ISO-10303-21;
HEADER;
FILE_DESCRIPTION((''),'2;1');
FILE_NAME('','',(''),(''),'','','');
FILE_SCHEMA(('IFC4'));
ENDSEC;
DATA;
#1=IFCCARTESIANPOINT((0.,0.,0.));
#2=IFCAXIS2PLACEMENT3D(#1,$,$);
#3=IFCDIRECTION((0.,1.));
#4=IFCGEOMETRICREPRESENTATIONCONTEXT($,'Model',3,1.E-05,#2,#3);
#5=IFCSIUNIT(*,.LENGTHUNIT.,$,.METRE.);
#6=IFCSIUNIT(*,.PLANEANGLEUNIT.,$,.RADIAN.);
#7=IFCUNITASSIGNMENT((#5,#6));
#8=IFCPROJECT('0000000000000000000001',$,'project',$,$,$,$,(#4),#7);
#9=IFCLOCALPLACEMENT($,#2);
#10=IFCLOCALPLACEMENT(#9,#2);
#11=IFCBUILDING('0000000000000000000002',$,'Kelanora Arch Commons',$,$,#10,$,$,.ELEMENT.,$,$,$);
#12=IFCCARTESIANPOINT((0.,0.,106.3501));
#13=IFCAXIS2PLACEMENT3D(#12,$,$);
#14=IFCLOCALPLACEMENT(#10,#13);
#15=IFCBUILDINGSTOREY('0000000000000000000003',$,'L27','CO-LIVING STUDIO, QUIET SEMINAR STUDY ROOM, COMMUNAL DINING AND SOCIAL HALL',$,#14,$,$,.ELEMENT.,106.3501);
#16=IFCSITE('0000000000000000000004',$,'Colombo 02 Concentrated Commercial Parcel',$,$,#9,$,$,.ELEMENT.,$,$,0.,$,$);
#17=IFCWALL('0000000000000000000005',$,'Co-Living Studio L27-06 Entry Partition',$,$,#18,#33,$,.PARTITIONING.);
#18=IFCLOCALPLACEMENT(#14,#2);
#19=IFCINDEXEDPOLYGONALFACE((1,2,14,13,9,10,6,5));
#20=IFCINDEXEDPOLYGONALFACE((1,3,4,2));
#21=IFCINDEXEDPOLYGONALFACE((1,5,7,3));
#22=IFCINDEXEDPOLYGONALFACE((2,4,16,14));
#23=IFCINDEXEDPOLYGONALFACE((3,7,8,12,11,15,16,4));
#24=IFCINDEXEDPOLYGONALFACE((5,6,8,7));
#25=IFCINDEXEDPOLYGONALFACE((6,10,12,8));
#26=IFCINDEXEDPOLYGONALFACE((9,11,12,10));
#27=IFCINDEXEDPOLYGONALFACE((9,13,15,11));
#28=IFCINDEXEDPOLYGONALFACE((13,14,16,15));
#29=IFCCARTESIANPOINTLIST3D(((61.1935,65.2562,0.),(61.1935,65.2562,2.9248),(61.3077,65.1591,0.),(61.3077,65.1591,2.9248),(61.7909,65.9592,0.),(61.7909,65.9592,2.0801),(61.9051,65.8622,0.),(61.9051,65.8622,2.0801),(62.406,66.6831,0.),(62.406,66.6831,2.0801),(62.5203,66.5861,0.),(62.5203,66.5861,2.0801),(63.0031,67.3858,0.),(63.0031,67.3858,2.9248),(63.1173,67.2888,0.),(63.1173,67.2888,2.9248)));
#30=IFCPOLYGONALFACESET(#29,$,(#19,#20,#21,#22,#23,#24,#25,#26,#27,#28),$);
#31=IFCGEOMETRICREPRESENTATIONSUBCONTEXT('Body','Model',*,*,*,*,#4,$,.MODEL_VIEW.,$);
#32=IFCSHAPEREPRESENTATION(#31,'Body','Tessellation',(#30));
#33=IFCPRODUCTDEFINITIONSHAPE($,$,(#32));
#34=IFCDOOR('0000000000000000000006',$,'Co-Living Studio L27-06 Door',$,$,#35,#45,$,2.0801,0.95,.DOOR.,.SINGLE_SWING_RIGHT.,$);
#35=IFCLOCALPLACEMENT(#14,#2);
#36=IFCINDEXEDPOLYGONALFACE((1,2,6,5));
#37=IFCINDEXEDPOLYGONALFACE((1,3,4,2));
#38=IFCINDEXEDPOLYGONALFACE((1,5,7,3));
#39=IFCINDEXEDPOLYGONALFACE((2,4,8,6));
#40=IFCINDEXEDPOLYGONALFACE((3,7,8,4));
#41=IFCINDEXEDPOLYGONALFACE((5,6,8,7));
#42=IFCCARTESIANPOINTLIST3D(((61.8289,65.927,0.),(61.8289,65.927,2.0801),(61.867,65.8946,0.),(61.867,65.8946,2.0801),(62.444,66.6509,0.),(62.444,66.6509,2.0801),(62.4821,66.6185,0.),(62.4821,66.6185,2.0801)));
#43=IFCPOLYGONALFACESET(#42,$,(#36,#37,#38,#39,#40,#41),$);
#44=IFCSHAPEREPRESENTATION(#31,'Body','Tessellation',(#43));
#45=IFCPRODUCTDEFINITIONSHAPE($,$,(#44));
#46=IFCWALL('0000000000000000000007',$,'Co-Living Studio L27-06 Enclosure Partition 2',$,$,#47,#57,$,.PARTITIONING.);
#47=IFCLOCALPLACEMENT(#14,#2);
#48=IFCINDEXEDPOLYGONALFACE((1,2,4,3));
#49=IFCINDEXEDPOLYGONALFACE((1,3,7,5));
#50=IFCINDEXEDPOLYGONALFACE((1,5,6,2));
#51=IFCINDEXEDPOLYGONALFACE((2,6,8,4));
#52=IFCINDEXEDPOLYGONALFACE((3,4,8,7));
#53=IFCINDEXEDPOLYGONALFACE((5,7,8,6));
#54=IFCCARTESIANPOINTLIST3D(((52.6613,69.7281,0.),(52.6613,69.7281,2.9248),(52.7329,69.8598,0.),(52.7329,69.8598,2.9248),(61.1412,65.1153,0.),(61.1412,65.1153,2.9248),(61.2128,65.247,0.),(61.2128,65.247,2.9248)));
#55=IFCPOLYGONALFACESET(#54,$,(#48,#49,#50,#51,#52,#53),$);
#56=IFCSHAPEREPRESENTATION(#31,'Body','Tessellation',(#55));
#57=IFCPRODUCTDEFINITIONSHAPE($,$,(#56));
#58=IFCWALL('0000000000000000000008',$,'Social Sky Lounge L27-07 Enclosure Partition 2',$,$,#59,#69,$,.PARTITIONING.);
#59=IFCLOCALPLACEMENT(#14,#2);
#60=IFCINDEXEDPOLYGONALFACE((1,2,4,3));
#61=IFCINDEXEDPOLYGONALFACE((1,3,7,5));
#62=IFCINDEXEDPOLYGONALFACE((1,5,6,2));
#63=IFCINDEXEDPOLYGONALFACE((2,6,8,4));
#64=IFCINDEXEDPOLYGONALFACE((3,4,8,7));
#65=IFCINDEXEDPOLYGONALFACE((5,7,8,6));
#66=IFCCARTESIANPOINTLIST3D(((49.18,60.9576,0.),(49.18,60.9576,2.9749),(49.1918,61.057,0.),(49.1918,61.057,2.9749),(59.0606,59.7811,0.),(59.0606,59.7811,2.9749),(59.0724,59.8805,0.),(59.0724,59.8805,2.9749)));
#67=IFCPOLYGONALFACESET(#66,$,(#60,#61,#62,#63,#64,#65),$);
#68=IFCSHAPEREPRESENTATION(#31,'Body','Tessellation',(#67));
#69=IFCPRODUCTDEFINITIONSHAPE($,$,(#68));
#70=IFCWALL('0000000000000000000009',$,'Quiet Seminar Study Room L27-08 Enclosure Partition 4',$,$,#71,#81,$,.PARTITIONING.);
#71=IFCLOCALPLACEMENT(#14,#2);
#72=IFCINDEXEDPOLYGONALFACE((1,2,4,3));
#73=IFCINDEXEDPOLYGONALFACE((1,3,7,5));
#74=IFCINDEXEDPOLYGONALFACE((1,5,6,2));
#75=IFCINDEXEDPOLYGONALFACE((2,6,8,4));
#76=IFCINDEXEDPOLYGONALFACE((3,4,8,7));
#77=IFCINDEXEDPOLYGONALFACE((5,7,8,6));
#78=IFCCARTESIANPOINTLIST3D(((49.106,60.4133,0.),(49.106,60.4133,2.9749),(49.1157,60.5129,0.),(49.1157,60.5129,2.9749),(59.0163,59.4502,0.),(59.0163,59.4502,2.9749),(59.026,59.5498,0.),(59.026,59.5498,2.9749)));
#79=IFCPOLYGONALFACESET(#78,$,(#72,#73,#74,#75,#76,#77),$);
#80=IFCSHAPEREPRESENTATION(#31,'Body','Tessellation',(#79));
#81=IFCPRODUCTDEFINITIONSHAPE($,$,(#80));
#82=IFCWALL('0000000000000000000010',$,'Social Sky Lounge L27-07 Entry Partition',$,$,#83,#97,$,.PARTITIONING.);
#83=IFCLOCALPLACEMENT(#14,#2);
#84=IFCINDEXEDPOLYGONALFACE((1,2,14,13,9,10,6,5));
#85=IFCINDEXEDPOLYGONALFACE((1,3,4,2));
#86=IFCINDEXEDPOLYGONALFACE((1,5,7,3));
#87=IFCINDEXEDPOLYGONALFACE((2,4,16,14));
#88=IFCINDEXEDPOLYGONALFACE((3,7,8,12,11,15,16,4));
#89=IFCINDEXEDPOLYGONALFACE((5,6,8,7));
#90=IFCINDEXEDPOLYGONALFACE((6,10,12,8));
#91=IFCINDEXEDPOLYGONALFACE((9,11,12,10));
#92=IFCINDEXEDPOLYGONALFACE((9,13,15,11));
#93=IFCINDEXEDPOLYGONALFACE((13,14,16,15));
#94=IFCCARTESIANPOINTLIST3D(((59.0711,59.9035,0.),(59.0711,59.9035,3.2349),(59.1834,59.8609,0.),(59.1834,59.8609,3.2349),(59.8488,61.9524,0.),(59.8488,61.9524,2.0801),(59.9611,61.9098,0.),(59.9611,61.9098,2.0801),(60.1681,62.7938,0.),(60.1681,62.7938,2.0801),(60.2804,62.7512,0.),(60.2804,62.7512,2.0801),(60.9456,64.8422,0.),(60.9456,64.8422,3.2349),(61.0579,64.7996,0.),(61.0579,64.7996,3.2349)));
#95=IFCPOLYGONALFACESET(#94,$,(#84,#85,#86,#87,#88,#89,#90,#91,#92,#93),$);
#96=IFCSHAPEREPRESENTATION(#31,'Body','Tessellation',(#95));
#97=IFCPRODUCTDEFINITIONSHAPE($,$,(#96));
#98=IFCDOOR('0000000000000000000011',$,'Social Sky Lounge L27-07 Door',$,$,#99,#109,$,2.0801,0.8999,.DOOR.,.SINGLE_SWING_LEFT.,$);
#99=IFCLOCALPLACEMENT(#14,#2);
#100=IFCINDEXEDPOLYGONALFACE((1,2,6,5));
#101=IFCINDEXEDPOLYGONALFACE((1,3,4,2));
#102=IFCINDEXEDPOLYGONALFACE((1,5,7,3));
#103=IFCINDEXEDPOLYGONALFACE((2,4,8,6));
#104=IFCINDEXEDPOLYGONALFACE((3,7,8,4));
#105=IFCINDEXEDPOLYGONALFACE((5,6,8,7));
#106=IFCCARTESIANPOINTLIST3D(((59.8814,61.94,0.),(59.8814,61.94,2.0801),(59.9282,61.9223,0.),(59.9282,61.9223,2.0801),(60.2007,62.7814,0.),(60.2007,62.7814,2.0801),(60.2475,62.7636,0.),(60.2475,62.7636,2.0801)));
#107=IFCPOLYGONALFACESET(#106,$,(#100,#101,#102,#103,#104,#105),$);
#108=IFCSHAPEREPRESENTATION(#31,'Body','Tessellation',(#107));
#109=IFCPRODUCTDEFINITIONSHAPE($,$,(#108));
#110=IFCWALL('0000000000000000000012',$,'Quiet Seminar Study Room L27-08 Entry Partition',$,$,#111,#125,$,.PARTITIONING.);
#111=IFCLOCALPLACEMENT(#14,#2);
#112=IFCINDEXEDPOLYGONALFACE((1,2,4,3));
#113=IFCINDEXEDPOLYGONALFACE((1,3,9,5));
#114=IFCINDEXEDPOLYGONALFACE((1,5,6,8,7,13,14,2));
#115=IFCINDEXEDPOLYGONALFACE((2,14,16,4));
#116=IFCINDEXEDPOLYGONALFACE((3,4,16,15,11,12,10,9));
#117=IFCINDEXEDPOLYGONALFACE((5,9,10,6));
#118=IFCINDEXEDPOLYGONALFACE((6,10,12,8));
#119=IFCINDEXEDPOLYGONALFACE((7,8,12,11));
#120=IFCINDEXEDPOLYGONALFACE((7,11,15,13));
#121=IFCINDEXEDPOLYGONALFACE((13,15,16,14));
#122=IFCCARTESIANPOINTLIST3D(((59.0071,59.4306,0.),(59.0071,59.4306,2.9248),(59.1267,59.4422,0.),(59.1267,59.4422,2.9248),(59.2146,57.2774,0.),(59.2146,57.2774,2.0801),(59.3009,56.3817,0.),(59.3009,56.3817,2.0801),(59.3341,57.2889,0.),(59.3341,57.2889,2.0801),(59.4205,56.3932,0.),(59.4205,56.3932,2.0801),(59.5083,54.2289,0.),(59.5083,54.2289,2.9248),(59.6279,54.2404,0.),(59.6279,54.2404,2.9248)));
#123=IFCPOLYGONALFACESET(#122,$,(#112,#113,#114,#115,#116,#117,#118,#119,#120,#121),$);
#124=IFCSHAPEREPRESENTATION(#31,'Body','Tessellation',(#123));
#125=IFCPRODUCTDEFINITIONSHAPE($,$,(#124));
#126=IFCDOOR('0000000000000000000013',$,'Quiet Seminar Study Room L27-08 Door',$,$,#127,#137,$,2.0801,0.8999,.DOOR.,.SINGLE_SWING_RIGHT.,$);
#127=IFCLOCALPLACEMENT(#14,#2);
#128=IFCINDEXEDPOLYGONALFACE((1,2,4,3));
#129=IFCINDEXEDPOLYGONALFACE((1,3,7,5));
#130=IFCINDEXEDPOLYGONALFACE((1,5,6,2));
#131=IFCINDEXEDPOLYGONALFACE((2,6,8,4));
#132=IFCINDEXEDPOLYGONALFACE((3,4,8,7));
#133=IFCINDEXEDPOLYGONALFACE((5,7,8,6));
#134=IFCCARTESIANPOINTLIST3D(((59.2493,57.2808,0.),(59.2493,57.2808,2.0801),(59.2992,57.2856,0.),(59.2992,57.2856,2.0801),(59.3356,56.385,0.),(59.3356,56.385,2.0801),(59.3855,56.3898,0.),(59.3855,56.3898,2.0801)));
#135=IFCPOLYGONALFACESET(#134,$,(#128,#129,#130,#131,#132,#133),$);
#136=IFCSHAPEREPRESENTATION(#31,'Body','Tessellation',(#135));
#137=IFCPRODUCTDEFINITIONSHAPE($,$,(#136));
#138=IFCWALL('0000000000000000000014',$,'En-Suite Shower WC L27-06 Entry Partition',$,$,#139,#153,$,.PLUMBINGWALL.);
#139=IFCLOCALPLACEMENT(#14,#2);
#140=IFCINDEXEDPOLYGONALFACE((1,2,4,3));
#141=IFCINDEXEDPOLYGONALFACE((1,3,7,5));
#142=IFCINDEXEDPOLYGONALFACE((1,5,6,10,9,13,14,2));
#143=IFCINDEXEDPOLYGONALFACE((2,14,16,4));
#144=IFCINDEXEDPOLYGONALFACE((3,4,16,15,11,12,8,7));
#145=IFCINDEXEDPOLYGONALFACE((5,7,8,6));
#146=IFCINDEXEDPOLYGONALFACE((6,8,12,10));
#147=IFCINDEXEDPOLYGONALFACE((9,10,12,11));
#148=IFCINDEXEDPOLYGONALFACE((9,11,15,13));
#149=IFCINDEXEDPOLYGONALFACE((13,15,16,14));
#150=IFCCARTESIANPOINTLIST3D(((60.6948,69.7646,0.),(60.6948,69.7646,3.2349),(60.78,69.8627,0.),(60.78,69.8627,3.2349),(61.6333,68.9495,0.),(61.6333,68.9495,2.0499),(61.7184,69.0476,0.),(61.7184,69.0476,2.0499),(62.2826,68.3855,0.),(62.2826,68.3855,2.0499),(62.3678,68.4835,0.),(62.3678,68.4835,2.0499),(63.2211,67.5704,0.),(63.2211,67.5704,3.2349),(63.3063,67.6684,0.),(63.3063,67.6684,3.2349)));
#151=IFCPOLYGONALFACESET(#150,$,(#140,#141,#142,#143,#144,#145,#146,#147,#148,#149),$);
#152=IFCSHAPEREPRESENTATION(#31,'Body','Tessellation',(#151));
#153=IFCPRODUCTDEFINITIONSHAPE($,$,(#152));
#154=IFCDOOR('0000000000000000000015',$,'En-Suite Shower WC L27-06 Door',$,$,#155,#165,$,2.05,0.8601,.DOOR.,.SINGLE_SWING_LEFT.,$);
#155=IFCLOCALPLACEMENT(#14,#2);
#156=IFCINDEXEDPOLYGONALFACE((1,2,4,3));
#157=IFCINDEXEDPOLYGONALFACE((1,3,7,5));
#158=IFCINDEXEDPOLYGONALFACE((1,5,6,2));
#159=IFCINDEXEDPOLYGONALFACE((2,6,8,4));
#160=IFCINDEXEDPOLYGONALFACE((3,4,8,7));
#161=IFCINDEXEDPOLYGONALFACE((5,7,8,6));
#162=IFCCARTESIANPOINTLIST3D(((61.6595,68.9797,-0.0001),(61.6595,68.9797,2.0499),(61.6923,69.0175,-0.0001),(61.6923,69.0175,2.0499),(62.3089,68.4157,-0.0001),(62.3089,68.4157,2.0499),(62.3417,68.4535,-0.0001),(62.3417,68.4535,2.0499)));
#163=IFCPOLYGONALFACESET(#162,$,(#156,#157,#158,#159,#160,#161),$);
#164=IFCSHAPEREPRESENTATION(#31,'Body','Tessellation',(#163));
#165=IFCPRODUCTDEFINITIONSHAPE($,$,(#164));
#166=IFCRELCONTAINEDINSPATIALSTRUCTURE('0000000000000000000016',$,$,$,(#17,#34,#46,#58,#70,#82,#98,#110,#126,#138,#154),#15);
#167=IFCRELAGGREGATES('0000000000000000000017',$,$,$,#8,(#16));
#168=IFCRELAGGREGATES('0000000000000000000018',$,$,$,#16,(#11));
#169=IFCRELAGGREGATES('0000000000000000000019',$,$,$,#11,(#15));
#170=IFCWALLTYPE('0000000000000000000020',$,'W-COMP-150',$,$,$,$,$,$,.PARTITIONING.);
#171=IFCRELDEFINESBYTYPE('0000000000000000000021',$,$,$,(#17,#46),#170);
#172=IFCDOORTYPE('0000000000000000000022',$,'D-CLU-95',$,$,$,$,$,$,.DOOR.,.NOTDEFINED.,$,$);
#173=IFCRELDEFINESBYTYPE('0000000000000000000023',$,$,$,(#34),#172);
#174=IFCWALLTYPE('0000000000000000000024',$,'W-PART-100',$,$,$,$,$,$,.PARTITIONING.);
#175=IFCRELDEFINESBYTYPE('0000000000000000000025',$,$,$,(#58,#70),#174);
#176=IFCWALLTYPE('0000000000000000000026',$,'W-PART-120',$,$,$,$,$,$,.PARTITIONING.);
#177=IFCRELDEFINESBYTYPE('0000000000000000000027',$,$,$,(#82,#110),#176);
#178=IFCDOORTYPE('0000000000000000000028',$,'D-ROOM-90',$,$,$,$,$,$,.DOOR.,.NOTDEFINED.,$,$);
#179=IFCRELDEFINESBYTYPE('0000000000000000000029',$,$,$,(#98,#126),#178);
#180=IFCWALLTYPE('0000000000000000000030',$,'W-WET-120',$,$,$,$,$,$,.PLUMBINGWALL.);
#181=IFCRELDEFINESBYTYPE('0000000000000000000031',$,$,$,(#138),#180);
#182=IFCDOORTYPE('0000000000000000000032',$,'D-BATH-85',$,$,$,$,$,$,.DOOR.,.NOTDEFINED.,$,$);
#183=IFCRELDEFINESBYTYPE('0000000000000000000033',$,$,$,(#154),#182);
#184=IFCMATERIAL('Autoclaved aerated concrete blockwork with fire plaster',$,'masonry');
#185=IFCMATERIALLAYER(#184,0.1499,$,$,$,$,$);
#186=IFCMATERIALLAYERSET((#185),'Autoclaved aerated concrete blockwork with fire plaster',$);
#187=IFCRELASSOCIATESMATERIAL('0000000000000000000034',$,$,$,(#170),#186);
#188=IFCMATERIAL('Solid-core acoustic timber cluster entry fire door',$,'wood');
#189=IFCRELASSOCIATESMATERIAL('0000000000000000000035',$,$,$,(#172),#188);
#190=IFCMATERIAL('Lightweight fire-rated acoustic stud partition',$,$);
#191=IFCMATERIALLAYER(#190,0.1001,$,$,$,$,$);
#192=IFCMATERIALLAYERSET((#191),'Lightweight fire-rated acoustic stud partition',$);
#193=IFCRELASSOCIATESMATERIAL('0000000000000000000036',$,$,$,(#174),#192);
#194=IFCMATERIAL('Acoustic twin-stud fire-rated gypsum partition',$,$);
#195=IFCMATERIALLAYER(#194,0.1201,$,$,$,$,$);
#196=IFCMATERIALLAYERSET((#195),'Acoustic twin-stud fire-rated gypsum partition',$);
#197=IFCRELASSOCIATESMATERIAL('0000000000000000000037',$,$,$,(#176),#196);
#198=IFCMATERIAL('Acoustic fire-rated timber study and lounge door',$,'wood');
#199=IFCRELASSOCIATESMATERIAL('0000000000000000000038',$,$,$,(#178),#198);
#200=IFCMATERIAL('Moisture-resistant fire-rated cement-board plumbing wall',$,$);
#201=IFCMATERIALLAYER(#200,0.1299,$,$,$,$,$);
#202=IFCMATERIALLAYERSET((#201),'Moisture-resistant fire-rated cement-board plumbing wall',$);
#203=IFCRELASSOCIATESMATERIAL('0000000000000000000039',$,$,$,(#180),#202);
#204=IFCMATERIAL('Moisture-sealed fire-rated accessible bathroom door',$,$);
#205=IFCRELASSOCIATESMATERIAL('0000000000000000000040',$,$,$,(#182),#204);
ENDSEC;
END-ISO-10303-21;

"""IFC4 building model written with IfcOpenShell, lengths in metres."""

from ifc_helpers import new_model, si_unit, direction, frame, frame_2d, origin, place, context, subcontext, project, spatial, rectangle, extrude, material, layer, layer_set, type_object, element, fill, save


model = new_model("IFC4")

# Units and contexts
model_context = context("Model", 3, precision=1e-05, world=origin(), true_north=direction((0.0, 1.0)))
body_context = subcontext(model_context, "Body", "Model", "MODEL_VIEW")
ifc_project = project(units=[si_unit("LENGTHUNIT", "METRE"), si_unit("PLANEANGLEUNIT", "RADIAN")], contexts=[model_context])

# Site, building, storey
site_placement = place(None, origin())
site = spatial("IfcSite", under=ifc_project, at=site_placement, Name="Colombo 02 Concentrated Commercial Parcel", CompositionType="ELEMENT", RefElevation=0.0)
building_placement = place(site_placement, origin())
building = spatial("IfcBuilding", under=site, at=building_placement, Name="Kelanora Arch Commons", CompositionType="ELEMENT")
storey_placement = place(building_placement, frame((0.0, 0.0, 106.3501)))
storey = spatial("IfcBuildingStorey", under=building, at=storey_placement, Name="L27", Description="CO-LIVING STUDIO, QUIET SEMINAR STUDY ROOM, COMMUNAL DINING AND SOCIAL HALL", CompositionType="ELEMENT", Elevation=106.3501)

# Wall, opening, door
ifc_material_1 = material(Name="Autoclaved aerated concrete blockwork with fire plaster", Category="masonry")
ifc_layer_1 = layer(ifc_material_1, 0.1499)
ifc_layer_set_1 = layer_set([ifc_layer_1], Name="Autoclaved aerated concrete blockwork with fire plaster")
wall_type_1 = type_object("IfcWallType", Name="W-COMP-150", PredefinedType="PARTITIONING", material=ifc_layer_set_1)
wall_1_placement = place(storey_placement, frame((63.0603, 67.3374, 0.0), z_axis=(0.0, 0.0, 1.0), x_axis=(-0.647519, -0.762049, 0.0)))
wall_1 = element("IfcWall", 1, at=wall_1_placement, inside=storey, type_object=wall_type_1, Name="Co-Living Studio L27-06 Entry Partition", PredefinedType="PARTITIONING", context=body_context, shape_type="SweptSolid", body=[
    extrude(rectangle(XDim=2.7947, YDim=0.1499, at=frame_2d((1.3975, 0.0))), origin(), (0.0, 0.0, 1.0), 2.9248),
])
opening_1_placement = place(wall_1_placement, frame((0.9221, 0.0, 0.0)))
opening_1 = element("IfcOpeningElement", 2, at=opening_1_placement, cuts=wall_1, PredefinedType="OPENING", context=body_context, shape_type="SweptSolid", body=[
    extrude(rectangle(XDim=0.95, YDim=2.0801, at=frame_2d((0.4751, 1.04))), frame((0.0, 0.085, 0.0), z_axis=(0.0, -1.0, 0.0), x_axis=(1.0, 0.0, 0.0)), (0.0, 0.0, 1.0), 0.1699),
])
ifc_material_2 = material(Name="Solid-core acoustic timber cluster entry fire door", Category="wood")
door_type_1 = type_object("IfcDoorType", Name="D-CLU-95", OperationType="NOTDEFINED", PredefinedType="DOOR", material=ifc_material_2)
door_1_placement = place(opening_1_placement, origin())
door_1 = element("IfcDoor", 3, at=door_1_placement, inside=storey, type_object=door_type_1, Name="Co-Living Studio L27-06 Door", OperationType="SINGLE_SWING_RIGHT", OverallHeight=2.0801, OverallWidth=0.95, PredefinedType="DOOR", context=body_context, shape_type="SweptSolid", body=[
    extrude(rectangle(XDim=0.95, YDim=2.0801, at=frame_2d((0.4751, 1.04))), frame((0.0, 0.0249, 0.0), z_axis=(0.0, -1.0, 0.0), x_axis=(1.0, 0.0, 0.0)), (0.0, 0.0, 1.0), 0.05),
])
fill(opening_1, door_1)

# Walls
wall_2_placement = place(storey_placement, frame((61.177, 65.1812, 0.0), z_axis=(0.0, 0.0, 1.0), x_axis=(-0.878446, 0.477842, 0.0)))
element("IfcWall", 4, at=wall_2_placement, inside=storey, type_object=wall_type_1, Name="Co-Living Studio L27-06 Enclosure Partition 2", PredefinedType="PARTITIONING", context=body_context, shape_type="SweptSolid", body=[
    extrude(rectangle(XDim=9.6533, YDim=0.1499, at=frame_2d((4.8267, 0.0))), origin(), (0.0, 0.0, 1.0), 2.9248),
])
ifc_material_3 = material(Name="Lightweight fire-rated acoustic stud partition")
ifc_layer_2 = layer(ifc_material_3, 0.1001)
ifc_layer_set_2 = layer_set([ifc_layer_2], Name="Lightweight fire-rated acoustic stud partition")
wall_type_2 = type_object("IfcWallType", Name="W-PART-100", PredefinedType="PARTITIONING", material=ifc_layer_set_2)
wall_3_placement = place(storey_placement, frame((59.0664, 59.8308, 0.0), z_axis=(0.0, 0.0, 1.0), x_axis=(-0.992985, 0.118238, 0.0)))
element("IfcWall", 5, at=wall_3_placement, inside=storey, type_object=wall_type_2, Name="Social Sky Lounge L27-07 Enclosure Partition 2", PredefinedType="PARTITIONING", context=body_context, shape_type="SweptSolid", body=[
    extrude(rectangle(XDim=9.9504, YDim=0.1001, at=frame_2d((4.9751, 0.0))), origin(), (0.0, 0.0, 1.0), 2.9749),
])
wall_4_placement = place(storey_placement, frame((49.1108, 60.4631, 0.0), z_axis=(0.0, 0.0, 1.0), x_axis=(0.995311, -0.096729, 0.0)))
element("IfcWall", 6, at=wall_4_placement, inside=storey, type_object=wall_type_2, Name="Quiet Seminar Study Room L27-08 Enclosure Partition 4", PredefinedType="PARTITIONING", context=body_context, shape_type="SweptSolid", body=[
    extrude(rectangle(XDim=9.957, YDim=0.1001, at=frame_2d((4.9785, 0.0))), origin(), (0.0, 0.0, 1.0), 2.9749),
])

# Walls, openings, doors
ifc_material_4 = material(Name="Acoustic twin-stud fire-rated gypsum partition")
ifc_layer_3 = layer(ifc_material_4, 0.1201)
ifc_layer_set_3 = layer_set([ifc_layer_3], Name="Acoustic twin-stud fire-rated gypsum partition")
wall_type_3 = type_object("IfcWallType", Name="W-PART-120", PredefinedType="PARTITIONING", material=ifc_layer_set_3)
wall_5_placement = place(storey_placement, frame((61.0017, 64.8208, 0.0), z_axis=(0.0, 0.0, 1.0), x_axis=(-0.354853, -0.934922, 0.0)))
wall_5 = element("IfcWall", 7, at=wall_5_placement, inside=storey, type_object=wall_type_3, Name="Social Sky Lounge L27-07 Entry Partition", PredefinedType="PARTITIONING", context=body_context, shape_type="SweptSolid", body=[
    extrude(rectangle(XDim=5.2825, YDim=0.1201, at=frame_2d((2.6411, 0.0))), origin(), (0.0, 0.0, 1.0), 3.2349),
])
opening_2_placement = place(wall_5_placement, frame((2.1909, 0.0, 0.0)))
opening_2 = element("IfcOpeningElement", 8, at=opening_2_placement, cuts=wall_5, PredefinedType="OPENING", context=body_context, shape_type="SweptSolid", body=[
    extrude(rectangle(XDim=0.8999, YDim=2.0801, at=frame_2d((0.45, 1.04))), frame((0.0, 0.0701, 0.0), z_axis=(0.0, -1.0, 0.0), x_axis=(1.0, 0.0, 0.0)), (0.0, 0.0, 1.0), 0.1401),
])
ifc_material_5 = material(Name="Acoustic fire-rated timber study and lounge door", Category="wood")
door_type_2 = type_object("IfcDoorType", Name="D-ROOM-90", OperationType="NOTDEFINED", PredefinedType="DOOR", material=ifc_material_5)
door_2_placement = place(opening_2_placement, origin())
door_2 = element("IfcDoor", 9, at=door_2_placement, inside=storey, type_object=door_type_2, Name="Social Sky Lounge L27-07 Door", OperationType="SINGLE_SWING_LEFT", OverallHeight=2.0801, OverallWidth=0.8999, PredefinedType="DOOR", context=body_context, shape_type="SweptSolid", body=[
    extrude(rectangle(XDim=0.8999, YDim=2.0801, at=frame_2d((0.45, 1.04))), frame((0.0, 0.0249, 0.0), z_axis=(0.0, -1.0, 0.0), x_axis=(1.0, 0.0, 0.0)), (0.0, 0.0, 1.0), 0.05),
])
fill(opening_2, door_2)
wall_6_placement = place(storey_placement, frame((59.0669, 59.4363, 0.0), z_axis=(0.0, 0.0, 1.0), x_axis=(0.095914, -0.99539, 0.0)))
wall_6 = element("IfcWall", 10, at=wall_6_placement, inside=storey, type_object=wall_type_3, Name="Quiet Seminar Study Room L27-08 Entry Partition", PredefinedType="PARTITIONING", context=body_context, shape_type="SweptSolid", body=[
    extrude(rectangle(XDim=5.2258, YDim=0.1201, at=frame_2d((2.6128, 0.0))), origin(), (0.0, 0.0, 1.0), 2.9248),
])
opening_3_placement = place(wall_6_placement, frame((2.1631, 0.0, 0.0)))
opening_3 = element("IfcOpeningElement", 11, at=opening_3_placement, cuts=wall_6, PredefinedType="OPENING", context=body_context, shape_type="SweptSolid", body=[
    extrude(rectangle(XDim=0.8999, YDim=2.0801, at=frame_2d((0.45, 1.04))), frame((0.0, 0.0701, 0.0), z_axis=(0.0, -1.0, 0.0), x_axis=(1.0, 0.0, 0.0)), (0.0, 0.0, 1.0), 0.1401),
])
door_3_placement = place(opening_3_placement, origin())
door_3 = element("IfcDoor", 12, at=door_3_placement, inside=storey, type_object=door_type_2, Name="Quiet Seminar Study Room L27-08 Door", OperationType="SINGLE_SWING_RIGHT", OverallHeight=2.0801, OverallWidth=0.8999, PredefinedType="DOOR", context=body_context, shape_type="SweptSolid", body=[
    extrude(rectangle(XDim=0.8999, YDim=2.0801, at=frame_2d((0.45, 1.04))), frame((0.0, 0.0249, 0.0), z_axis=(0.0, -1.0, 0.0), x_axis=(1.0, 0.0, 0.0)), (0.0, 0.0, 1.0), 0.05),
])
fill(opening_3, door_3)
ifc_material_6 = material(Name="Moisture-resistant fire-rated cement-board plumbing wall")
ifc_layer_4 = layer(ifc_material_6, 0.1299)
ifc_layer_set_4 = layer_set([ifc_layer_4], Name="Moisture-resistant fire-rated cement-board plumbing wall")
wall_type_4 = type_object("IfcWallType", Name="W-WET-120", PredefinedType="PLUMBINGWALL", material=ifc_layer_set_4)
wall_7_placement = place(storey_placement, frame((63.2637, 67.6194, 0.0), z_axis=(0.0, 0.0, 1.0), x_axis=(-0.754976, 0.655752, 0.0)))
wall_7 = element("IfcWall", 13, at=wall_7_placement, inside=storey, type_object=wall_type_4, Name="En-Suite Shower WC L27-06 Entry Partition", PredefinedType="PLUMBINGWALL", context=body_context, shape_type="SweptSolid", body=[
    extrude(rectangle(XDim=3.3462, YDim=0.1299, at=frame_2d((1.6731, 0.0))), origin(), (0.0, 0.0, 1.0), 3.2349),
])
opening_4_placement = place(wall_7_placement, frame((1.2429, 0.0, 0.0)))
opening_4 = element("IfcOpeningElement", 14, at=opening_4_placement, cuts=wall_7, PredefinedType="OPENING", context=body_context, shape_type="SweptSolid", body=[
    extrude(rectangle(XDim=0.8601, YDim=2.05, at=frame_2d((0.4302, 1.0249))), frame((0.0, 0.075, 0.0), z_axis=(0.0, -1.0, 0.0), x_axis=(1.0, 0.0, 0.0)), (0.0, 0.0, 1.0), 0.1499),
])
ifc_material_7 = material(Name="Moisture-sealed fire-rated accessible bathroom door")
door_type_3 = type_object("IfcDoorType", Name="D-BATH-85", OperationType="NOTDEFINED", PredefinedType="DOOR", material=ifc_material_7)
door_4_placement = place(opening_4_placement, origin())
door_4 = element("IfcDoor", 15, at=door_4_placement, inside=storey, type_object=door_type_3, Name="En-Suite Shower WC L27-06 Door", OperationType="SINGLE_SWING_LEFT", OverallHeight=2.05, OverallWidth=0.8601, PredefinedType="DOOR", context=body_context, shape_type="SweptSolid", body=[
    extrude(rectangle(XDim=0.8601, YDim=2.05, at=frame_2d((0.4302, 1.0249))), frame((0.0, 0.0249, 0.0), z_axis=(0.0, -1.0, 0.0), x_axis=(1.0, 0.0, 0.0)), (0.0, 0.0, 1.0), 0.05),
])
fill(opening_4, door_4)

save(model, "model.ifc")
